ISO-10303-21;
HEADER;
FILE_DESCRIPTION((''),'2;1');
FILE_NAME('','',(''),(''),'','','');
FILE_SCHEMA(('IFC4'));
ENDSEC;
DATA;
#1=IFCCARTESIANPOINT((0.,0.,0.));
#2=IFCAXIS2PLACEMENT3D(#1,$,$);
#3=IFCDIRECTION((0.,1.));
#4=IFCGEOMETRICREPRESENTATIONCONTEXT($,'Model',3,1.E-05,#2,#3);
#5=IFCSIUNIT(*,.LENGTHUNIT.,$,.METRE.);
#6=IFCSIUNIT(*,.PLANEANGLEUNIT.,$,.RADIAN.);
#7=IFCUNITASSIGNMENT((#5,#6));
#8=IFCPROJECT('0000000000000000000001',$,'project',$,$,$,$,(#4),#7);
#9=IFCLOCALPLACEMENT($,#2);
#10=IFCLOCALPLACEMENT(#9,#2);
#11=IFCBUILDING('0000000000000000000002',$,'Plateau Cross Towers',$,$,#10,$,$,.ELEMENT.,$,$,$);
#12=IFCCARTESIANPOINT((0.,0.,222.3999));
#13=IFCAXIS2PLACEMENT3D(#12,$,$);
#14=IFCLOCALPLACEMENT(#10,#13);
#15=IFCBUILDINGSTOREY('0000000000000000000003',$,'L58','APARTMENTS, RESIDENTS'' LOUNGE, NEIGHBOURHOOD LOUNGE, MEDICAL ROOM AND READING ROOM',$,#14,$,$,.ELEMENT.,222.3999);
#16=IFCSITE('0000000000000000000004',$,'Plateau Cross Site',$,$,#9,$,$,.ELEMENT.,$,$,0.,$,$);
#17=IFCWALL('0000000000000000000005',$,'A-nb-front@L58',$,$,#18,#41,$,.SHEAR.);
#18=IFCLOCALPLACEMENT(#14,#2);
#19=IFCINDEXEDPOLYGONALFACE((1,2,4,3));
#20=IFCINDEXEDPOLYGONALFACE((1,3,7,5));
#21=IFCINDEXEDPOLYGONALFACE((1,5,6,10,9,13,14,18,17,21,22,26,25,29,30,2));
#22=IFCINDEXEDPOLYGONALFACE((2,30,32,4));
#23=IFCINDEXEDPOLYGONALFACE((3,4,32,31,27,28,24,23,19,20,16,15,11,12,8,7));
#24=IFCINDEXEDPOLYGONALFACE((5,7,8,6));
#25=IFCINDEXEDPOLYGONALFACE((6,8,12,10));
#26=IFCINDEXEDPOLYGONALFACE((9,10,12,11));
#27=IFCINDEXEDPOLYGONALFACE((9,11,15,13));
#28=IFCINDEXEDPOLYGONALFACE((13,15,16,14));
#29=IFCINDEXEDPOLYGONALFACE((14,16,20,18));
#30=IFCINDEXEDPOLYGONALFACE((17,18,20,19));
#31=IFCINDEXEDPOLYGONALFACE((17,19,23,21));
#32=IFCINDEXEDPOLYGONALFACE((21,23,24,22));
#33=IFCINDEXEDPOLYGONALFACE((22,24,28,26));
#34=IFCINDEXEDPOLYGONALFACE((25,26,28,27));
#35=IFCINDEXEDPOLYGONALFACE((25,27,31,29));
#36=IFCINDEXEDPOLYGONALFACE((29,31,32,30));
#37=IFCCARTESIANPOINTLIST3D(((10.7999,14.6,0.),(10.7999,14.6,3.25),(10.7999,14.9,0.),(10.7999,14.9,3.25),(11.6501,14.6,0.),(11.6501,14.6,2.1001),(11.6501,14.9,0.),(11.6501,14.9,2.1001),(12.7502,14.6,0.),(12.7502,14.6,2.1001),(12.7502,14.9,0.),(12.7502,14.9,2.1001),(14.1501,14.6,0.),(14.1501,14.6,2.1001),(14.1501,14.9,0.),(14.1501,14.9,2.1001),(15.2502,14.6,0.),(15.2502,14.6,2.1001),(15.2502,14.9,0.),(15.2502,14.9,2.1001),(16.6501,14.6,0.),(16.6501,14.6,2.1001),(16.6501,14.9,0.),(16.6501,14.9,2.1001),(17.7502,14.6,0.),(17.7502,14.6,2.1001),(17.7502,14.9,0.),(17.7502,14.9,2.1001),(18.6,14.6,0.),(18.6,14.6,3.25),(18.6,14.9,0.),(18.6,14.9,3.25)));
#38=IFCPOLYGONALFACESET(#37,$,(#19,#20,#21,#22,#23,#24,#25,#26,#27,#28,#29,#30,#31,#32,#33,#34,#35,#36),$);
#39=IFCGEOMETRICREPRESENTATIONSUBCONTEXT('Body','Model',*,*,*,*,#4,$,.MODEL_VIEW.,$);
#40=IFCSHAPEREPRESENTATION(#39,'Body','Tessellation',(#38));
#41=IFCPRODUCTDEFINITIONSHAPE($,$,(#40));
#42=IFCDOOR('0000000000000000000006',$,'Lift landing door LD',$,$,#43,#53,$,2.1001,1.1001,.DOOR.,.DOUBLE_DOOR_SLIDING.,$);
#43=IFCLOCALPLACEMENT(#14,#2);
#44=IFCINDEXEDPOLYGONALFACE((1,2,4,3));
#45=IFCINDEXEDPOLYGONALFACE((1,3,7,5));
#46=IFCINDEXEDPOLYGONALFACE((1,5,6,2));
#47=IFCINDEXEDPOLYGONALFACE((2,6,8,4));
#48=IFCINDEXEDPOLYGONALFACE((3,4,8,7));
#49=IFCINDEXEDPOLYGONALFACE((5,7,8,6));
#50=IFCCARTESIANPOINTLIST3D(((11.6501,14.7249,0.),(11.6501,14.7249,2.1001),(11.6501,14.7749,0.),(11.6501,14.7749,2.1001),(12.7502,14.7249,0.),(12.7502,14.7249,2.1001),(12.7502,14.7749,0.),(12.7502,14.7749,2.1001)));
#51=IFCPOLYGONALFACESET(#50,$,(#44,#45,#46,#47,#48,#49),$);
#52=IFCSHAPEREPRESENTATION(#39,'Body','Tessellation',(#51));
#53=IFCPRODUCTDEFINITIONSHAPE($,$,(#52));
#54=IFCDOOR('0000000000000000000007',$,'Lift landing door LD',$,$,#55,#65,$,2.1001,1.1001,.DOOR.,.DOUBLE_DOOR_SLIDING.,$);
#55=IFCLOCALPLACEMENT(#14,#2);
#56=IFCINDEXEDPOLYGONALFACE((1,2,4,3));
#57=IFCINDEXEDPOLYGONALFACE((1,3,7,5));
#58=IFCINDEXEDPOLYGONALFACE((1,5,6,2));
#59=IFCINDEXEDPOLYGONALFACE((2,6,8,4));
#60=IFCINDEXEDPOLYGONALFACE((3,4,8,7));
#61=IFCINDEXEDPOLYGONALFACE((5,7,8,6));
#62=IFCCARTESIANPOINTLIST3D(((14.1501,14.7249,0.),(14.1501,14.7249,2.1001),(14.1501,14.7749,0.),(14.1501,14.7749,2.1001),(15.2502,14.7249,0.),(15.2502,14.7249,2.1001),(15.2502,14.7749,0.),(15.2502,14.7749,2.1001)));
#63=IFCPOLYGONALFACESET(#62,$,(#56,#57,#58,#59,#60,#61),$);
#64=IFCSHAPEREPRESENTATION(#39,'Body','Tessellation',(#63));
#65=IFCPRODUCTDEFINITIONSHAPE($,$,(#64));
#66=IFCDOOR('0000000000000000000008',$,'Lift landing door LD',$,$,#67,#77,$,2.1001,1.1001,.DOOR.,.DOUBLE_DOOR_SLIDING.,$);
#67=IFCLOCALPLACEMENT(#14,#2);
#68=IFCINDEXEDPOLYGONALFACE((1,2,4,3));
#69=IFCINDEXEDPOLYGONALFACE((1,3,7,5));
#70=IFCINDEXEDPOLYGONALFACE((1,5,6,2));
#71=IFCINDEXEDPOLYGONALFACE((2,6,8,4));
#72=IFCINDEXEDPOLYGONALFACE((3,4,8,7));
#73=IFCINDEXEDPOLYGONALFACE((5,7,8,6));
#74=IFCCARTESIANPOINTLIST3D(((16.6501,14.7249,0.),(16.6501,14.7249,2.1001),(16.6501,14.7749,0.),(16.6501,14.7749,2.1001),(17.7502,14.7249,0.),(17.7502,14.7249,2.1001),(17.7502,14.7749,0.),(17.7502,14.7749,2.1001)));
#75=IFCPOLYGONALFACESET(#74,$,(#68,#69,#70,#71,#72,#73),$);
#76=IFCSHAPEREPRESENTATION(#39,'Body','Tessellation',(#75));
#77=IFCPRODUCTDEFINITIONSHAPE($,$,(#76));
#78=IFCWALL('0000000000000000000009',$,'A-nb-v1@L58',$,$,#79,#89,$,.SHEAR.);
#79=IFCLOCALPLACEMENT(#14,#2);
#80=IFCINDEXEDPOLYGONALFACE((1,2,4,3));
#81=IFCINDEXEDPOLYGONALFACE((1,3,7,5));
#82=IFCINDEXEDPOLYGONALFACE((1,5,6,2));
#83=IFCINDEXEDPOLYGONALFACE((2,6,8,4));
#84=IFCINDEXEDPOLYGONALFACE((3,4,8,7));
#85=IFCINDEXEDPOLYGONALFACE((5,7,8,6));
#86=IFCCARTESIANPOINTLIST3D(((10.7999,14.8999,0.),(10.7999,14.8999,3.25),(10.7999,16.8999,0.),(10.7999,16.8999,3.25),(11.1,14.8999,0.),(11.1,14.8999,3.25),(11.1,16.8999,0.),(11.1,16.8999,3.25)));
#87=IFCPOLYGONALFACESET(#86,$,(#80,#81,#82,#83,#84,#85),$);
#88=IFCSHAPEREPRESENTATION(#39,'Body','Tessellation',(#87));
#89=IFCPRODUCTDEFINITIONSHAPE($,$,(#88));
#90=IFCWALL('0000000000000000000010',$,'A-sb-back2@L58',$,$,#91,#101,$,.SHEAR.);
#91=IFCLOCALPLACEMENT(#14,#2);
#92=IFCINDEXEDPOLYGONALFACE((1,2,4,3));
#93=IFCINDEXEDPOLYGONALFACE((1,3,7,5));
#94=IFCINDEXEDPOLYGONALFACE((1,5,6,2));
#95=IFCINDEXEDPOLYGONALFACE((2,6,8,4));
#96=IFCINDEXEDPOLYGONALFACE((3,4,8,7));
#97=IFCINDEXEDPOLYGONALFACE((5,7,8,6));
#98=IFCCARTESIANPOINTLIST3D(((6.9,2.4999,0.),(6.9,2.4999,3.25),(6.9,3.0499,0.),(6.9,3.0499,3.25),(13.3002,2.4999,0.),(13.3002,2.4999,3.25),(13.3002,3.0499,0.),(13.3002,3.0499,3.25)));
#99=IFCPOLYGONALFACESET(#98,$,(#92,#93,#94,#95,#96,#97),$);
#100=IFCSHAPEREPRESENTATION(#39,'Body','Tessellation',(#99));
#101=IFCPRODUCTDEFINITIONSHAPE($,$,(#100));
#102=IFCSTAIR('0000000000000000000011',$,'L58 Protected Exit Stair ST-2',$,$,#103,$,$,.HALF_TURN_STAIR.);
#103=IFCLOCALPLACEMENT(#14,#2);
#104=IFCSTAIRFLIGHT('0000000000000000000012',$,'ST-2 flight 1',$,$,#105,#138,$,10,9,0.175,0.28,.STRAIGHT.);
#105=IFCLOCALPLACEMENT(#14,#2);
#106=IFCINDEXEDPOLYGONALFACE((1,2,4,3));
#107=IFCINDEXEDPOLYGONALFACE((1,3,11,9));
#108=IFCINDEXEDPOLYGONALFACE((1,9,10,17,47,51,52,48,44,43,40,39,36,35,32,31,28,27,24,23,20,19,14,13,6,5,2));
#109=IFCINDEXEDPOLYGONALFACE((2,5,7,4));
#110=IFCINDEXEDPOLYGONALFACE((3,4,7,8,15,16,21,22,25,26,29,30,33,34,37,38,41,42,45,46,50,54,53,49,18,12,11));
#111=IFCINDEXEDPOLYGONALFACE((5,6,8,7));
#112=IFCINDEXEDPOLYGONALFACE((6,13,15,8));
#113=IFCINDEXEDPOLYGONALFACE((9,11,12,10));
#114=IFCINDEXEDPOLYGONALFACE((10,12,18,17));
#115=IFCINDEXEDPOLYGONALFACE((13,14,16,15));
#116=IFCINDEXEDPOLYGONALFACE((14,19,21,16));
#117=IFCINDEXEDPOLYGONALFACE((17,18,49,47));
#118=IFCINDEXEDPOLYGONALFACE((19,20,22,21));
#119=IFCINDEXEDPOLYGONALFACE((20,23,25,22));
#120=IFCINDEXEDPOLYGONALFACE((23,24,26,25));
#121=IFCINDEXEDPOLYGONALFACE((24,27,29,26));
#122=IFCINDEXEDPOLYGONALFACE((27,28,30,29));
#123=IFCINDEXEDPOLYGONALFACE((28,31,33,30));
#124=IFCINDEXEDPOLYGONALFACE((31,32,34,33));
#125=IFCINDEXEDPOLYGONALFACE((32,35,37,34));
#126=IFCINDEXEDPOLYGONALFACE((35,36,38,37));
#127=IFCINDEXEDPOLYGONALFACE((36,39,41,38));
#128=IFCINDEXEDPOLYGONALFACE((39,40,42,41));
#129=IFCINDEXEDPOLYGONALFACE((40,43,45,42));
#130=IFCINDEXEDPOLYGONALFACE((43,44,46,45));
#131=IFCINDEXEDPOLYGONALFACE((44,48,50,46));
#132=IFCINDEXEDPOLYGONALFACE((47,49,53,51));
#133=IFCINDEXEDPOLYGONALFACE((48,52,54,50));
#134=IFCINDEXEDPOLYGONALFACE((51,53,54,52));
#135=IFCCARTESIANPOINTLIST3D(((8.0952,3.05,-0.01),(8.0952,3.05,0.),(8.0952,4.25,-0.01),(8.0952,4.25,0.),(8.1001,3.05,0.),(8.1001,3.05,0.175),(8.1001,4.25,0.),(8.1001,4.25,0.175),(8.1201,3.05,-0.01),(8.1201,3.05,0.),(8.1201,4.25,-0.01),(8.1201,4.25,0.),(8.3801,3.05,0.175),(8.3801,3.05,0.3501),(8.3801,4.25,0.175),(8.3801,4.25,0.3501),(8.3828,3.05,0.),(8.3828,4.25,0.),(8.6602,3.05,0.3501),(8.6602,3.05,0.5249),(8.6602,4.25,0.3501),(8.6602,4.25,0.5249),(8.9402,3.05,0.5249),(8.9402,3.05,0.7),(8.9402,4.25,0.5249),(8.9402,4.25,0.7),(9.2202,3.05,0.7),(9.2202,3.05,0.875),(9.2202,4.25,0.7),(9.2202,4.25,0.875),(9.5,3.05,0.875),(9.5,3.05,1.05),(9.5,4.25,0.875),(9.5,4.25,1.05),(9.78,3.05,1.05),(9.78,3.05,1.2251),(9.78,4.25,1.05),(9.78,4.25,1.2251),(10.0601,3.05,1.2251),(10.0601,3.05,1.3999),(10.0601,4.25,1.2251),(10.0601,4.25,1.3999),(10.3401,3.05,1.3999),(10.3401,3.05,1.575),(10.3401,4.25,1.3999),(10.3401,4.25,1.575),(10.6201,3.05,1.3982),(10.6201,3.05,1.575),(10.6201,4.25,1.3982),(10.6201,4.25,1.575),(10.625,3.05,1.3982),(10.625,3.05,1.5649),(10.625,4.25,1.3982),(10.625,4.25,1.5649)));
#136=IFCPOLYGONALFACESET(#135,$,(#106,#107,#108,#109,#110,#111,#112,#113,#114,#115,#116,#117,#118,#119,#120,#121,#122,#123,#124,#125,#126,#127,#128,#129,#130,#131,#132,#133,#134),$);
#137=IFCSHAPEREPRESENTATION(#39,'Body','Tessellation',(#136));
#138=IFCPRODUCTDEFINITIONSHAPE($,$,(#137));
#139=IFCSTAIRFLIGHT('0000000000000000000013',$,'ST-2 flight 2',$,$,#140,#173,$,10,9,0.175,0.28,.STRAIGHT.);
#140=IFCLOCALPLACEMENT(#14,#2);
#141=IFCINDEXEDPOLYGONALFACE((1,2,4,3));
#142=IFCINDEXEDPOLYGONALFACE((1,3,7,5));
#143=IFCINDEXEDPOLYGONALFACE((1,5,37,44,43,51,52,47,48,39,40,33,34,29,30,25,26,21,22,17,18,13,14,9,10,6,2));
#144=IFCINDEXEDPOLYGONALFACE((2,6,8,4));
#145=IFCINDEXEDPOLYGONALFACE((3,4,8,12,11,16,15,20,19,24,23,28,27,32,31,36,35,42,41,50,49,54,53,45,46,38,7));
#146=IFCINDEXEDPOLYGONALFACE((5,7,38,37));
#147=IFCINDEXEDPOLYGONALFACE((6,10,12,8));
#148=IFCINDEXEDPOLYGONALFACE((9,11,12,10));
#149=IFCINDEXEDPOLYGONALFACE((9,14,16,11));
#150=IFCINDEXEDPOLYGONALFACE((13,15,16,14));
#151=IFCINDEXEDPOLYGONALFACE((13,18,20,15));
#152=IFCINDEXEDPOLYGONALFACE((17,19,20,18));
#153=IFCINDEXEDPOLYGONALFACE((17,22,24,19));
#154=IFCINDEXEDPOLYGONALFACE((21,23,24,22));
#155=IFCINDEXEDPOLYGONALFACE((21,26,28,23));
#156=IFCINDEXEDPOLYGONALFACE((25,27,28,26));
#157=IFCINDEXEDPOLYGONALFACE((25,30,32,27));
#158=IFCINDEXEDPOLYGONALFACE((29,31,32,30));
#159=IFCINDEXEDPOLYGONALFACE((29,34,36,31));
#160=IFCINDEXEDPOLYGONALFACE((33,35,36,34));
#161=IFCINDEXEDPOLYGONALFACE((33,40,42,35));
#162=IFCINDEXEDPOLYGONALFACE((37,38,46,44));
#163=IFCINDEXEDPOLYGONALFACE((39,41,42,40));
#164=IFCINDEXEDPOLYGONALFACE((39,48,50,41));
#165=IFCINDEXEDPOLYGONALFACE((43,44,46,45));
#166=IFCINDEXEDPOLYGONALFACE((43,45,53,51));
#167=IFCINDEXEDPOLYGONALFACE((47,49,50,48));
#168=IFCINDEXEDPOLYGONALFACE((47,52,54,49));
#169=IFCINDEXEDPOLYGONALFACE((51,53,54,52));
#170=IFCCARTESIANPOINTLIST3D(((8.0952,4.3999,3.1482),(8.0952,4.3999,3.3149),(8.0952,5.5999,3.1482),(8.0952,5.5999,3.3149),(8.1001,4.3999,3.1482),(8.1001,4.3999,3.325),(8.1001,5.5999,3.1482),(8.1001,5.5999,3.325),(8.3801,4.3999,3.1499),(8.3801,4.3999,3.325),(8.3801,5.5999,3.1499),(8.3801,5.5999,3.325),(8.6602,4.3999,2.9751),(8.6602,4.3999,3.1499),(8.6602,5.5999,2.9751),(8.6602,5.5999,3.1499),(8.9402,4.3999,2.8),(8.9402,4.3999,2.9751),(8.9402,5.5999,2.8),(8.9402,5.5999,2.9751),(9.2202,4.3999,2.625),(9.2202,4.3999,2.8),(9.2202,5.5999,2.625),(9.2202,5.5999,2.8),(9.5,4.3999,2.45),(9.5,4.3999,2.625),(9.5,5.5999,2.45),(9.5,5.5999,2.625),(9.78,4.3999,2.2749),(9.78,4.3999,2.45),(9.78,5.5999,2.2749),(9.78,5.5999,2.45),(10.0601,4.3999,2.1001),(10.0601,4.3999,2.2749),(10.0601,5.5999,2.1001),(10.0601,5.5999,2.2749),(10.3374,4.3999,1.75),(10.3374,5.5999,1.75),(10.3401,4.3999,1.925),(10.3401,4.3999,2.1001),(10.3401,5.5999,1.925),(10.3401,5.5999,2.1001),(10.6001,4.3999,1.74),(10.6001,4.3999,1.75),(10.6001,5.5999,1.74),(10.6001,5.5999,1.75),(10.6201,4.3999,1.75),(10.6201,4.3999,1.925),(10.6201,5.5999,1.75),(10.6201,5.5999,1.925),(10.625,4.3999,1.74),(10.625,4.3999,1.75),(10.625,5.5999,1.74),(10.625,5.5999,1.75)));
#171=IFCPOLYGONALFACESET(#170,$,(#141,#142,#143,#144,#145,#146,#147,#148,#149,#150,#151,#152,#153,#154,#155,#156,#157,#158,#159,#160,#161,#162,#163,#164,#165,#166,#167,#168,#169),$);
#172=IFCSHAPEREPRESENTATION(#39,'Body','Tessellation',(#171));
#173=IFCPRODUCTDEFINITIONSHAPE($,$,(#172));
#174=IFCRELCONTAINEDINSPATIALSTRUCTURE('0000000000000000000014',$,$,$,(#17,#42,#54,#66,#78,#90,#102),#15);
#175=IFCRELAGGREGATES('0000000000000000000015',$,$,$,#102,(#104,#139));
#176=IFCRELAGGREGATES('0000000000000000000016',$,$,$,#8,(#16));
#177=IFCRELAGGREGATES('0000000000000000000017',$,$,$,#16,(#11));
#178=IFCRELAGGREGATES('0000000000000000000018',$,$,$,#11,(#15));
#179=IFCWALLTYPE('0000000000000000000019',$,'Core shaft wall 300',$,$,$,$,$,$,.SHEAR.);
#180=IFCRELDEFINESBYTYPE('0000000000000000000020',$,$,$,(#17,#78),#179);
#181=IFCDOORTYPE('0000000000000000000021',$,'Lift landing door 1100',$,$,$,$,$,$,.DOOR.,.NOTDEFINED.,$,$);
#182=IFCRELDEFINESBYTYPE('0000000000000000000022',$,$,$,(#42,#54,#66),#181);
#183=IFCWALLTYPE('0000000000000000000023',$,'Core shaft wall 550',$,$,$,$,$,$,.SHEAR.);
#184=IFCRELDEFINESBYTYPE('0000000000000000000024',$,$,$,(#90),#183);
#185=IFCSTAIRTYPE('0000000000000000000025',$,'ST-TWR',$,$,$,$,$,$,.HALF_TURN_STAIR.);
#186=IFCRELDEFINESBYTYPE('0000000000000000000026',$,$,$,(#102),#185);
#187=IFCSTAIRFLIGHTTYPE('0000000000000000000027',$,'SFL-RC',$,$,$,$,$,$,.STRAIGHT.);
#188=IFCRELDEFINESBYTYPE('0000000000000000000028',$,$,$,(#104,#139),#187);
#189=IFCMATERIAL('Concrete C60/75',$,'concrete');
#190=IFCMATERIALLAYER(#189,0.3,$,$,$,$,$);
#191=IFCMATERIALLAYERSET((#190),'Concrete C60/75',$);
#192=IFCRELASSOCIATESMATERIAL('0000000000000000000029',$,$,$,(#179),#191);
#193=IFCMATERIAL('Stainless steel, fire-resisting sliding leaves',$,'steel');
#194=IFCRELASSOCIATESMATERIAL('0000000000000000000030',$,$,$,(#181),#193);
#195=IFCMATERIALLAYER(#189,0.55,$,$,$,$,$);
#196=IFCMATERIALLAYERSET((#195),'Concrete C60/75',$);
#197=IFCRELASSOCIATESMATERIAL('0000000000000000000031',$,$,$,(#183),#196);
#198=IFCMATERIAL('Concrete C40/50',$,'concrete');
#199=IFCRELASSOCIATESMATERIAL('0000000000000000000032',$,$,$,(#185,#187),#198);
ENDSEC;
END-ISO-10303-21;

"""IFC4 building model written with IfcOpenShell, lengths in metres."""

from ifc_helpers import new_model, si_unit, direction, frame, frame_2d, origin, place, context, subcontext, project, spatial, polyline, rectangle, outline, extrude, material, layer, layer_set, type_object, element, fill, aggregate, save


model = new_model("IFC4")

# Units and contexts
model_context = context("Model", 3, precision=1e-05, world=origin(), true_north=direction((0.0, 1.0)))
body_context = subcontext(model_context, "Body", "Model", "MODEL_VIEW")
ifc_project = project(units=[si_unit("LENGTHUNIT", "METRE"), si_unit("PLANEANGLEUNIT", "RADIAN")], contexts=[model_context])

# Site, building, storey
site_placement = place(None, origin())
site = spatial("IfcSite", under=ifc_project, at=site_placement, Name="Plateau Cross Site", CompositionType="ELEMENT", RefElevation=0.0)
building_placement = place(site_placement, origin())
building = spatial("IfcBuilding", under=site, at=building_placement, Name="Plateau Cross Towers", CompositionType="ELEMENT")
storey_placement = place(building_placement, frame((0.0, 0.0, 222.3999)))
storey = spatial("IfcBuildingStorey", under=building, at=storey_placement, Name="L58", Description="APARTMENTS, RESIDENTS' LOUNGE, NEIGHBOURHOOD LOUNGE, MEDICAL ROOM AND READING ROOM", CompositionType="ELEMENT", Elevation=222.3999)

# Shared definitions
ifc_material_1 = material(Name="Concrete C60/75", Category="concrete")
ifc_layer_1 = layer(ifc_material_1, 0.3)
ifc_layer_set_1 = layer_set([ifc_layer_1], Name="Concrete C60/75")
wall_type_1 = type_object("IfcWallType", Name="Core shaft wall 300", PredefinedType="SHEAR", material=ifc_layer_set_1)

# Wall, openings, doors
wall_1_placement = place(storey_placement, frame((10.8, 14.75, 0.0), z_axis=(0.0, 0.0, 1.0), x_axis=(1.0, 0.0, 0.0)))
wall_1 = element("IfcWall", 1, at=wall_1_placement, inside=storey, type_object=wall_type_1, Name="A-nb-front@L58", PredefinedType="SHEAR", context=body_context, shape_type="SweptSolid", body=[
    extrude(rectangle(XDim=7.8, YDim=0.3, at=frame_2d((3.8999, 0.0))), origin(), (0.0, 0.0, 1.0), 3.25),
])
opening_1_placement = place(wall_1_placement, frame((0.8501, 0.0, 0.0)))
opening_1 = element("IfcOpeningElement", 2, at=opening_1_placement, cuts=wall_1, PredefinedType="OPENING", context=body_context, shape_type="SweptSolid", body=[
    extrude(rectangle(XDim=1.1001, YDim=2.1001, at=frame_2d((0.55, 1.05))), frame((0.0, 0.1599, 0.0), z_axis=(0.0, -1.0, 0.0), x_axis=(1.0, 0.0, 0.0)), (0.0, 0.0, 1.0), 0.3201),
])
opening_2_placement = place(wall_1_placement, frame((3.3501, 0.0, 0.0)))
opening_2 = element("IfcOpeningElement", 3, at=opening_2_placement, cuts=wall_1, PredefinedType="OPENING", context=body_context, shape_type="SweptSolid", body=[
    extrude(rectangle(XDim=1.1001, YDim=2.1001, at=frame_2d((0.55, 1.05))), frame((0.0, 0.1599, 0.0), z_axis=(0.0, -1.0, 0.0), x_axis=(1.0, 0.0, 0.0)), (0.0, 0.0, 1.0), 0.3201),
])
opening_3_placement = place(wall_1_placement, frame((5.8501, 0.0, 0.0)))
opening_3 = element("IfcOpeningElement", 4, at=opening_3_placement, cuts=wall_1, PredefinedType="OPENING", context=body_context, shape_type="SweptSolid", body=[
    extrude(rectangle(XDim=1.1001, YDim=2.1001, at=frame_2d((0.55, 1.05))), frame((0.0, 0.1599, 0.0), z_axis=(0.0, -1.0, 0.0), x_axis=(1.0, 0.0, 0.0)), (0.0, 0.0, 1.0), 0.3201),
])
ifc_material_2 = material(Name="Stainless steel, fire-resisting sliding leaves", Category="steel")
door_type_1 = type_object("IfcDoorType", Name="Lift landing door 1100", OperationType="NOTDEFINED", PredefinedType="DOOR", material=ifc_material_2)
door_1_placement = place(opening_1_placement, origin())
door_1 = element("IfcDoor", 5, at=door_1_placement, inside=storey, type_object=door_type_1, Name="Lift landing door LD", OperationType="DOUBLE_DOOR_SLIDING", OverallHeight=2.1001, OverallWidth=1.1001, PredefinedType="DOOR", context=body_context, shape_type="SweptSolid", body=[
    extrude(rectangle(XDim=1.1001, YDim=2.1001, at=frame_2d((0.55, 1.05))), frame((0.0, 0.0249, 0.0), z_axis=(0.0, -1.0, 0.0), x_axis=(1.0, 0.0, 0.0)), (0.0, 0.0, 1.0), 0.05),
])
fill(opening_1, door_1)
door_2_placement = place(opening_2_placement, origin())
door_2 = element("IfcDoor", 6, at=door_2_placement, inside=storey, type_object=door_type_1, Name="Lift landing door LD", OperationType="DOUBLE_DOOR_SLIDING", OverallHeight=2.1001, OverallWidth=1.1001, PredefinedType="DOOR", context=body_context, shape_type="SweptSolid", body=[
    extrude(rectangle(XDim=1.1001, YDim=2.1001, at=frame_2d((0.55, 1.05))), frame((0.0, 0.0249, 0.0), z_axis=(0.0, -1.0, 0.0), x_axis=(1.0, 0.0, 0.0)), (0.0, 0.0, 1.0), 0.05),
])
fill(opening_2, door_2)
door_3_placement = place(opening_3_placement, origin())
door_3 = element("IfcDoor", 7, at=door_3_placement, inside=storey, type_object=door_type_1, Name="Lift landing door LD", OperationType="DOUBLE_DOOR_SLIDING", OverallHeight=2.1001, OverallWidth=1.1001, PredefinedType="DOOR", context=body_context, shape_type="SweptSolid", body=[
    extrude(rectangle(XDim=1.1001, YDim=2.1001, at=frame_2d((0.55, 1.05))), frame((0.0, 0.0249, 0.0), z_axis=(0.0, -1.0, 0.0), x_axis=(1.0, 0.0, 0.0)), (0.0, 0.0, 1.0), 0.05),
])
fill(opening_3, door_3)

# Walls
wall_2_placement = place(storey_placement, frame((10.95, 14.8999, 0.0), z_axis=(0.0, 0.0, 1.0), x_axis=(0.0, 1.0, 0.0)))
element("IfcWall", 8, at=wall_2_placement, inside=storey, type_object=wall_type_1, Name="A-nb-v1@L58", PredefinedType="SHEAR", context=body_context, shape_type="SweptSolid", body=[
    extrude(rectangle(XDim=2.0, YDim=0.3, at=frame_2d((1.0, 0.0))), origin(), (0.0, 0.0, 1.0), 3.25),
])
ifc_layer_2 = layer(ifc_material_1, 0.55)
ifc_layer_set_2 = layer_set([ifc_layer_2], Name="Concrete C60/75")
wall_type_2 = type_object("IfcWallType", Name="Core shaft wall 550", PredefinedType="SHEAR", material=ifc_layer_set_2)
wall_3_placement = place(storey_placement, frame((6.8999, 2.7749, 0.0), z_axis=(0.0, 0.0, 1.0), x_axis=(1.0, 0.0, 0.0)))
element("IfcWall", 9, at=wall_3_placement, inside=storey, type_object=wall_type_2, Name="A-sb-back2@L58", PredefinedType="SHEAR", context=body_context, shape_type="SweptSolid", body=[
    extrude(rectangle(XDim=6.4001, YDim=0.55, at=frame_2d((3.2002, 0.0))), origin(), (0.0, 0.0, 1.0), 3.25),
])

# Stair, stair flights
ifc_material_3 = material(Name="Concrete C40/50", Category="concrete")
stair_type = type_object("IfcStairType", Name="ST-TWR", PredefinedType="HALF_TURN_STAIR", material=ifc_material_3)
stair_placement = place(storey_placement, origin())
stair = element("IfcStair", 10, at=stair_placement, inside=storey, type_object=stair_type, Name="L58 Protected Exit Stair ST-2", PredefinedType="HALF_TURN_STAIR")
stair_flight_type = type_object("IfcStairFlightType", Name="SFL-RC", PredefinedType="STRAIGHT", material=ifc_material_3)
stair_flight_1_placement = place(storey_placement, frame((8.1001, 3.6499, 0.0), z_axis=(0.0, 0.0, 1.0), x_axis=(1.0, 0.0, 0.0)))
stair_flight_1 = element("IfcStairFlight", 11, at=stair_flight_1_placement, type_object=stair_flight_type, Name="ST-2 flight 1", NumberOfRisers=10, NumberOfTreads=9, PredefinedType="STRAIGHT", RiserHeight=0.175, TreadLength=0.28, context=body_context, shape_type="SweptSolid", body=[
    extrude(outline(polyline([(-0.0049, -0.01), (-0.0049, 0.0), (0.0, 0.0), (0.0, 0.175), (0.28, 0.175), (0.28, 0.3501), (0.5601, 0.3501), (0.5601, 0.5249), (0.8401, 0.5249), (0.8401, 0.7), (1.1201, 0.7), (1.1201, 0.875), (1.3999, 0.875), (1.3999, 1.05), (1.6799, 1.05), (1.6799, 1.2251), (1.96, 1.2251), (1.96, 1.3999), (2.24, 1.3999), (2.24, 1.575), (2.52, 1.575), (2.5249, 1.5649), (2.5249, 1.3982), (2.52, 1.3982), (0.2827, 0.0), (0.02, 0.0), (0.02, -0.01), (-0.0049, -0.01)])), frame((0.0, 0.6001, 0.0), z_axis=(0.0, -1.0, 0.0), x_axis=(1.0, 0.0, 0.0)), (0.0, 0.0, 1.0), 1.2),
])
stair_flight_2_placement = place(storey_placement, frame((10.6201, 5.0, 1.75), z_axis=(0.0, 0.0, 1.0), x_axis=(-1.0, 0.0, 0.0)))
stair_flight_2 = element("IfcStairFlight", 12, at=stair_flight_2_placement, type_object=stair_flight_type, Name="ST-2 flight 2", NumberOfRisers=10, NumberOfTreads=9, PredefinedType="STRAIGHT", RiserHeight=0.175, TreadLength=0.28, context=body_context, shape_type="SweptSolid", body=[
    extrude(outline(polyline([(-0.0049, -0.01), (-0.0049, 0.0), (0.0, 0.0), (0.0, 0.175), (0.28, 0.175), (0.28, 0.3501), (0.5601, 0.3501), (0.5601, 0.5249), (0.8401, 0.5249), (0.8401, 0.7), (1.1201, 0.7), (1.1201, 0.875), (1.3999, 0.875), (1.3999, 1.05), (1.6799, 1.05), (1.6799, 1.2251), (1.96, 1.2251), (1.96, 1.3999), (2.24, 1.3999), (2.24, 1.575), (2.52, 1.575), (2.5249, 1.5649), (2.5249, 1.3982), (2.52, 1.3982), (0.2827, 0.0), (0.02, 0.0), (0.02, -0.01), (-0.0049, -0.01)])), frame((0.0, 0.6001, 0.0), z_axis=(0.0, -1.0, 0.0), x_axis=(1.0, 0.0, 0.0)), (0.0, 0.0, 1.0), 1.2),
])
aggregate(stair, [stair_flight_1, stair_flight_2])

save(model, "model.ifc")
